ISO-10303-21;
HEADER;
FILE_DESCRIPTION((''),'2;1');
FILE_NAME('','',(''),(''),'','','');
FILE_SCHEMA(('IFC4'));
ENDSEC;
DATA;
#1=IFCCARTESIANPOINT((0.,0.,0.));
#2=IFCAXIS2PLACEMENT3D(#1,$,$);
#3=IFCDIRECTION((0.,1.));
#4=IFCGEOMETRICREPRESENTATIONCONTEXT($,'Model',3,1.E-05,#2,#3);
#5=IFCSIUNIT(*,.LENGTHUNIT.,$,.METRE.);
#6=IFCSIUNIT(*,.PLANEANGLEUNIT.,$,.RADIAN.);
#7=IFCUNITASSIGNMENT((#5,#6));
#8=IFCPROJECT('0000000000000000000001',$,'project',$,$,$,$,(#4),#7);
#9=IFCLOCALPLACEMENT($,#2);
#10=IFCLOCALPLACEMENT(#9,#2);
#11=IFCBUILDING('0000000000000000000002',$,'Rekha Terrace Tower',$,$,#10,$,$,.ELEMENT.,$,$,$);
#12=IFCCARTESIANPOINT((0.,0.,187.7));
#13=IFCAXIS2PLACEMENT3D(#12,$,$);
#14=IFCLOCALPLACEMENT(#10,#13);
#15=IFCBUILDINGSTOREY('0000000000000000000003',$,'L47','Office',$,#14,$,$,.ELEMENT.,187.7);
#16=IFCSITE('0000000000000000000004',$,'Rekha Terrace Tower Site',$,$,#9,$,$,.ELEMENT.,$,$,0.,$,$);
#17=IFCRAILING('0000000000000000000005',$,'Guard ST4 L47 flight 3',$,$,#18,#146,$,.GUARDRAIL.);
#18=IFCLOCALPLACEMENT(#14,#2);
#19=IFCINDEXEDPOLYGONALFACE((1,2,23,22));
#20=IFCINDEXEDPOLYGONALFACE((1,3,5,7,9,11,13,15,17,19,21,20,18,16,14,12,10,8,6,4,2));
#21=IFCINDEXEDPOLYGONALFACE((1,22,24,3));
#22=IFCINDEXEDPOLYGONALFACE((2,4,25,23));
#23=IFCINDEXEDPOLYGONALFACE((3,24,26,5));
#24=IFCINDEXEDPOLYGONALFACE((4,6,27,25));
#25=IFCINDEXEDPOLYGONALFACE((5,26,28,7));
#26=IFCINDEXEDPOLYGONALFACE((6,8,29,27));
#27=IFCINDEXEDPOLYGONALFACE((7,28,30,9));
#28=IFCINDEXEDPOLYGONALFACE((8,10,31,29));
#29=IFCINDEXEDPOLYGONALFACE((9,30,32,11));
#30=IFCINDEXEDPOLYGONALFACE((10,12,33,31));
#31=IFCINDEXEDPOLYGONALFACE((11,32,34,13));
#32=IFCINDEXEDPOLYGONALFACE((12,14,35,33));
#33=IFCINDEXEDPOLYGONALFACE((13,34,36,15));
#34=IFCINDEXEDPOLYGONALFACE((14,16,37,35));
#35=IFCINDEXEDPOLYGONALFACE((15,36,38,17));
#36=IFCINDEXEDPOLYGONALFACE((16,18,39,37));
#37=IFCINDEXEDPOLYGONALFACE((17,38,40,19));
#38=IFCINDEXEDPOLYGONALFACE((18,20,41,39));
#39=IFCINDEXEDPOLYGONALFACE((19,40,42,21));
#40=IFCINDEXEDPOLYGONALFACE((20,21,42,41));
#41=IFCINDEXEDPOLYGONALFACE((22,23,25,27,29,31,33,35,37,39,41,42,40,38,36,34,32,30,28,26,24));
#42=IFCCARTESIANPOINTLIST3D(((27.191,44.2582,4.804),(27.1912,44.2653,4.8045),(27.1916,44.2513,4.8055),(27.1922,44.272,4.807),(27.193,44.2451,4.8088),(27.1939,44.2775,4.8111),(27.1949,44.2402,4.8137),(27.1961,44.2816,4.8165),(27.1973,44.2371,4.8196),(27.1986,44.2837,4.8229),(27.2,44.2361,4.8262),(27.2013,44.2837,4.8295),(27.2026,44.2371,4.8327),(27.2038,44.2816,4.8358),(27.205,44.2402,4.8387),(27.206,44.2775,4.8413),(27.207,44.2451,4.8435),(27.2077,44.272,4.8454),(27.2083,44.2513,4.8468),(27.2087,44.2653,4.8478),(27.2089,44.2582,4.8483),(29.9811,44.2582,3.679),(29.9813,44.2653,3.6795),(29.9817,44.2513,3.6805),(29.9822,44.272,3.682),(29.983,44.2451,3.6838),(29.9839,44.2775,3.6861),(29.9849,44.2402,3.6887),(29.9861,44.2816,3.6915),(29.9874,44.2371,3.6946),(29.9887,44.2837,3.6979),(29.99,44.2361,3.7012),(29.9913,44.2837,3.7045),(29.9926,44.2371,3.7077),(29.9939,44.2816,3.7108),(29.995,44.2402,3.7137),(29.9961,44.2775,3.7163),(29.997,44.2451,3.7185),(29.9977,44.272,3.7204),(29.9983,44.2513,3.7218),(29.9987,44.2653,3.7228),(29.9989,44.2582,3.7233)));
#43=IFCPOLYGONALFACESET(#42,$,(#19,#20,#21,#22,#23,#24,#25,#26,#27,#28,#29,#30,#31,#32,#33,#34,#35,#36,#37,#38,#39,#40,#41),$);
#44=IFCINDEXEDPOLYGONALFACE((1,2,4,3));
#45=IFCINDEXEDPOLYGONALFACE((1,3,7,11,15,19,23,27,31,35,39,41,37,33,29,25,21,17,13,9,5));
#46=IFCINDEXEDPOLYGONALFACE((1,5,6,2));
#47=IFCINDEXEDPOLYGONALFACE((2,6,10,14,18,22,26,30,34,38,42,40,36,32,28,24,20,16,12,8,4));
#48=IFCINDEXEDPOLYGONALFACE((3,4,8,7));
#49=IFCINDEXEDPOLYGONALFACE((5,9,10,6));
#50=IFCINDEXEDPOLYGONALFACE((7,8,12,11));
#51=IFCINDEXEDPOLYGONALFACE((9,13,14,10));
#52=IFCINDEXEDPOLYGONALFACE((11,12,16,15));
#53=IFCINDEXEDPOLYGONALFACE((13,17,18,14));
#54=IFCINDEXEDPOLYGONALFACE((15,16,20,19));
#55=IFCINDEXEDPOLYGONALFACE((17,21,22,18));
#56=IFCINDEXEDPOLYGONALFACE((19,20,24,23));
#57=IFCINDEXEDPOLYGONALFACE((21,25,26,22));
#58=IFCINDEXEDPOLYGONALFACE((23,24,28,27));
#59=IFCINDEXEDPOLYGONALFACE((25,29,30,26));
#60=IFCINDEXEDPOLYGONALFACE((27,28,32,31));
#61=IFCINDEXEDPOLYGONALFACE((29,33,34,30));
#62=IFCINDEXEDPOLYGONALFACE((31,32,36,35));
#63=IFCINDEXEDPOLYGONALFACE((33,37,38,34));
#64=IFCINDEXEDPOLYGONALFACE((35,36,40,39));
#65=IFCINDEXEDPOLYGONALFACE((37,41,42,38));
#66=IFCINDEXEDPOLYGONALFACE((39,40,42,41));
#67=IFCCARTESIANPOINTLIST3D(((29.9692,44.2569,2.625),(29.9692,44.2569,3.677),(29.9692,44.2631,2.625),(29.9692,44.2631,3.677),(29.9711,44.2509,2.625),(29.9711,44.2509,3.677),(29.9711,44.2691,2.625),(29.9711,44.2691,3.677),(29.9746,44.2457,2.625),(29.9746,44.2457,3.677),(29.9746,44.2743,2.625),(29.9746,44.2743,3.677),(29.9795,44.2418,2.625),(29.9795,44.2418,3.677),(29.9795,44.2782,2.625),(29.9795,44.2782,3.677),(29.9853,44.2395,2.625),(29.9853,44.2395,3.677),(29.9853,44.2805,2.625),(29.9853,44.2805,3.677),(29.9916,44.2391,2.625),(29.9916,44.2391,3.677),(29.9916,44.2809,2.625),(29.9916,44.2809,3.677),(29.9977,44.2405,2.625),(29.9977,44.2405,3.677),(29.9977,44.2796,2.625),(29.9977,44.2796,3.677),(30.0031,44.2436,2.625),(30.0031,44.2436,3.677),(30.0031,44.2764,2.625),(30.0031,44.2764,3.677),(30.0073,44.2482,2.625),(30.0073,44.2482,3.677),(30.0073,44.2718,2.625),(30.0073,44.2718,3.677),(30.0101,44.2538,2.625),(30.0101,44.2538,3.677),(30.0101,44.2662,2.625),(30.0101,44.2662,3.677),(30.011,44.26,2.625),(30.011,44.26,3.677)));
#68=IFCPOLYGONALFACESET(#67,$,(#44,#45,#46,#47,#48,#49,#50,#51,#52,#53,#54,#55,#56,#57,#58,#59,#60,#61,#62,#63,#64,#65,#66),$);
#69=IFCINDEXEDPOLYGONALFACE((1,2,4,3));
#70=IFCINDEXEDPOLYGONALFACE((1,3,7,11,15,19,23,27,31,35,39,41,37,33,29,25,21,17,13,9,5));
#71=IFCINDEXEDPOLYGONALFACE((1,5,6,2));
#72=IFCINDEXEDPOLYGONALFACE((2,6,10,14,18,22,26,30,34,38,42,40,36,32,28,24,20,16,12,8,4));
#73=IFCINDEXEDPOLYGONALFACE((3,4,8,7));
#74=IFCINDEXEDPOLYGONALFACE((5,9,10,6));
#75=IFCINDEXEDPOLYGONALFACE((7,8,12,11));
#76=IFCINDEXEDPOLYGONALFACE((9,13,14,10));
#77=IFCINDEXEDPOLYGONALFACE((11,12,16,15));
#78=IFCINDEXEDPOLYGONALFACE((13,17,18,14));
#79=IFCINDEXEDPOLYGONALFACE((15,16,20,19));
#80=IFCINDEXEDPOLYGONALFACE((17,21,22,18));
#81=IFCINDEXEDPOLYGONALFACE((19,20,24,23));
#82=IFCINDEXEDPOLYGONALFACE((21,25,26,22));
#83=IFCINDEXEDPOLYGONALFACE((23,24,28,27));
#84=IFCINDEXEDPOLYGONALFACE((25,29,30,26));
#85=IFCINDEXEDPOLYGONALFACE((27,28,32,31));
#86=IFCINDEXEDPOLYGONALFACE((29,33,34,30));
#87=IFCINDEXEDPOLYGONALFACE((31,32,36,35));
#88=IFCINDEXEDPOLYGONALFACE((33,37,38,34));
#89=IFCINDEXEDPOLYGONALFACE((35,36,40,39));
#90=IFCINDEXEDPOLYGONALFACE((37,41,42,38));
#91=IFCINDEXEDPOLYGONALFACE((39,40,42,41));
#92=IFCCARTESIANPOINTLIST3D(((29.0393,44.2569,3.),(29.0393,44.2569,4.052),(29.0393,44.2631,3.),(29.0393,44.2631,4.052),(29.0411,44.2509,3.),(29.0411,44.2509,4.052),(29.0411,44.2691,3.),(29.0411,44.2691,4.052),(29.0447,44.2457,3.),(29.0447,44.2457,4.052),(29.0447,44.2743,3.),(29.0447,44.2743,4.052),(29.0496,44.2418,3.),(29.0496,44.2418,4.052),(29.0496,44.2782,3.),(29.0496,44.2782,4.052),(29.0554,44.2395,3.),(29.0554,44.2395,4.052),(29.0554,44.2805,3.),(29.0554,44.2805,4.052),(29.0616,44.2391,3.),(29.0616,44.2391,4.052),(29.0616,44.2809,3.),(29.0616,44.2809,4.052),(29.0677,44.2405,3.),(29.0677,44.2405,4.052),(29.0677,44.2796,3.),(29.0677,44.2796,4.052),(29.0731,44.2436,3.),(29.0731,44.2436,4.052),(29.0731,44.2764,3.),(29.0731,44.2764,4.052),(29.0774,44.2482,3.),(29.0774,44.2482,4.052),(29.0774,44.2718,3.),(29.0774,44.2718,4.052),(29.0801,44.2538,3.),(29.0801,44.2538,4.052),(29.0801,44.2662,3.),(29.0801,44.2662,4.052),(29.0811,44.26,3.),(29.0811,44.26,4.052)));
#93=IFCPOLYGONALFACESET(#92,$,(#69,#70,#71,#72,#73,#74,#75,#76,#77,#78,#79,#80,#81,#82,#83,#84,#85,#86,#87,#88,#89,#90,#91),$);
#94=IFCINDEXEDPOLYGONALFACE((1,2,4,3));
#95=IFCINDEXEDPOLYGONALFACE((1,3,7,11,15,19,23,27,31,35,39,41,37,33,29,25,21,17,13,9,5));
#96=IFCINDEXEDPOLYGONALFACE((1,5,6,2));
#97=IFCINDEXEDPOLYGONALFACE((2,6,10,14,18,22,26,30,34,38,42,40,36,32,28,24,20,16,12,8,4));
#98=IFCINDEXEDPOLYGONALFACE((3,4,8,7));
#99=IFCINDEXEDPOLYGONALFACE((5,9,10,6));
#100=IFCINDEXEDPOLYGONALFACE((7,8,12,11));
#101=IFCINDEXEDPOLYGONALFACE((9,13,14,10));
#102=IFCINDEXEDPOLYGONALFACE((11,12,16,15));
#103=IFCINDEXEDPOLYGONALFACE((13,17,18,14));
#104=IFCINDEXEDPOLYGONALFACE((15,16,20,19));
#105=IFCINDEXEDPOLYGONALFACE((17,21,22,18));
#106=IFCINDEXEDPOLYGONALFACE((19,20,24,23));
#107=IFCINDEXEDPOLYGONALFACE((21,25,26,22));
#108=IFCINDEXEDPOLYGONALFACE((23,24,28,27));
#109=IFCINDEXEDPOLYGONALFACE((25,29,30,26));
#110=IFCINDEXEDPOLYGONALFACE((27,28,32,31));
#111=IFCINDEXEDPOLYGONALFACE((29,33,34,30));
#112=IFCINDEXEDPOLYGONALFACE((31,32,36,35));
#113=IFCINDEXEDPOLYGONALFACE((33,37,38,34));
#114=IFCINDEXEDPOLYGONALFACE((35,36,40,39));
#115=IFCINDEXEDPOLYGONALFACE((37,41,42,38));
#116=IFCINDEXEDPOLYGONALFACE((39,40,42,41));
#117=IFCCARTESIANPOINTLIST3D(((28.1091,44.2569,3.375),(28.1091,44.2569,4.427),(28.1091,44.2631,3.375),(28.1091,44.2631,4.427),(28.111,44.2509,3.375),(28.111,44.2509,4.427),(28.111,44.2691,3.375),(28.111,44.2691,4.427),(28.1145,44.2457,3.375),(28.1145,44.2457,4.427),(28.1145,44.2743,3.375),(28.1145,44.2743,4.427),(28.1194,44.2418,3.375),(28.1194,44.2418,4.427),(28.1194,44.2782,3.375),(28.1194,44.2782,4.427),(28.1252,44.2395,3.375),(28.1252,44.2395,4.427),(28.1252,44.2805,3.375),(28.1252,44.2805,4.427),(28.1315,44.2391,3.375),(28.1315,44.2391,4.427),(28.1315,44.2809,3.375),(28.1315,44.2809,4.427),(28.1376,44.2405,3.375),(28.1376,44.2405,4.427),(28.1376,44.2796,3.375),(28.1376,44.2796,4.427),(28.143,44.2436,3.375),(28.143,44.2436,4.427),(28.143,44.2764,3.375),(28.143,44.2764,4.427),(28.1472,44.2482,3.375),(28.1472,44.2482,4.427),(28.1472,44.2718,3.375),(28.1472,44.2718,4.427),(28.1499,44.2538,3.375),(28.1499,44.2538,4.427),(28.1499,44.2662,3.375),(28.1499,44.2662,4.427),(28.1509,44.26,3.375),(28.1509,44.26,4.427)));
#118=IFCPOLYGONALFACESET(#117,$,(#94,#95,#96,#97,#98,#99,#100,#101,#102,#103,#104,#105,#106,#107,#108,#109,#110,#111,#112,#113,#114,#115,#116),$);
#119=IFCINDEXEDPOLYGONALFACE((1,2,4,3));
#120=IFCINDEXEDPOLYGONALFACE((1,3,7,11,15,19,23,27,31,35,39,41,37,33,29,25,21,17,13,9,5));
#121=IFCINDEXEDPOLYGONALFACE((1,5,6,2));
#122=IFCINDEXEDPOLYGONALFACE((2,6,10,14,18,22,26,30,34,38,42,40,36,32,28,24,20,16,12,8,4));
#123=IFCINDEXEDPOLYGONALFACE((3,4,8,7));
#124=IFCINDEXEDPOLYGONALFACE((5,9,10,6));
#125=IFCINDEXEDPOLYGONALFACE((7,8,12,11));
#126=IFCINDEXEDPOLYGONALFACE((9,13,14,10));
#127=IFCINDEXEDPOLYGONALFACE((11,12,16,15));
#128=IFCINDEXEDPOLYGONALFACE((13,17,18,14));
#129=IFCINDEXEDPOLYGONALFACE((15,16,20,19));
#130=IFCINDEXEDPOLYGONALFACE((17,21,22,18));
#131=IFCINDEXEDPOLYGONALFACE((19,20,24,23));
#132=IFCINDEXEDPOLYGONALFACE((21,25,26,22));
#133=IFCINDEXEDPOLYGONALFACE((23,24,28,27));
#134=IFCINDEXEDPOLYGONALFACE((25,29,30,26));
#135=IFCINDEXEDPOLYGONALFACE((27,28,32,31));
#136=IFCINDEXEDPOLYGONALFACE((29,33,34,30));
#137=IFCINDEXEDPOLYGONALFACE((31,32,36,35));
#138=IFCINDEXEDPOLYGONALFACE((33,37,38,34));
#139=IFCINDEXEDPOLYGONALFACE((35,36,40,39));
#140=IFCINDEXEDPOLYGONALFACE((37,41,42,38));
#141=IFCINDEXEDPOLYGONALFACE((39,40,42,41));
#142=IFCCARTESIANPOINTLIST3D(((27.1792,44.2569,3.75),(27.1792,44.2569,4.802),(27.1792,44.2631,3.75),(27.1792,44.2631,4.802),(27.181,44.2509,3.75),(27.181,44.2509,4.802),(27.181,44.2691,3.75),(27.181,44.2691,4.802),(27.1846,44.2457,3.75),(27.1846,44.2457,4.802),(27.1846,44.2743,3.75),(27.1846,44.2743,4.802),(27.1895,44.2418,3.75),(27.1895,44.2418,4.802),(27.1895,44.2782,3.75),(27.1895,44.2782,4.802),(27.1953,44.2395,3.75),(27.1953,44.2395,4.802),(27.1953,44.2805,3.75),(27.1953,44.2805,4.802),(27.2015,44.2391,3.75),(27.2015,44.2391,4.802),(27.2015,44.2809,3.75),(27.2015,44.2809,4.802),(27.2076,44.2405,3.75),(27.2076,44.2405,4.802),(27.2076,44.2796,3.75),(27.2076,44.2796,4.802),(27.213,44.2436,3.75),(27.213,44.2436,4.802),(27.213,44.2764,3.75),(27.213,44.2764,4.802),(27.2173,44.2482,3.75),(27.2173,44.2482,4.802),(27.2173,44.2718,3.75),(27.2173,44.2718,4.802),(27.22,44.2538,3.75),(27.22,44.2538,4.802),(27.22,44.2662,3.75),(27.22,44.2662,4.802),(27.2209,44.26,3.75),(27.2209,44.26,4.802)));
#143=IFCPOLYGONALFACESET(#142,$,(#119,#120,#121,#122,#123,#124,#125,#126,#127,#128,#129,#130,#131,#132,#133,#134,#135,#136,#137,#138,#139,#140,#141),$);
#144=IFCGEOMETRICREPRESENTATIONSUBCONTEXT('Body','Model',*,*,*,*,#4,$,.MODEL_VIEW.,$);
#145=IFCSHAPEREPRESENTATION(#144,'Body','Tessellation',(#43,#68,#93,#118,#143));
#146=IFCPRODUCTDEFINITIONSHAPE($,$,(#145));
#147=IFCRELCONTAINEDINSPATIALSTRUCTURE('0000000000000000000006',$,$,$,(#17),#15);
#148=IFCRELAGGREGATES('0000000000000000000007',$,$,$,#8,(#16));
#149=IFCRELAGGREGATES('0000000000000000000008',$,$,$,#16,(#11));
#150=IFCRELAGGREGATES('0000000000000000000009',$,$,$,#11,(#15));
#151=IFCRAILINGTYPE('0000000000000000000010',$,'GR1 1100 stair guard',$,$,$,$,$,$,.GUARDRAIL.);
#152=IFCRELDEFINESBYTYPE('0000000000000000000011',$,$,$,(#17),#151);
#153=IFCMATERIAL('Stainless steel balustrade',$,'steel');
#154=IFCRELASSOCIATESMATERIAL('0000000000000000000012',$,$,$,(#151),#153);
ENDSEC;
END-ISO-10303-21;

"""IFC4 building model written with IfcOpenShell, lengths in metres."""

from ifc_helpers import new_model, si_unit, direction, frame, origin, origin_2d, place, context, subcontext, project, spatial, circle, extrude, material, type_object, element, save


model = new_model("IFC4")

# Units and contexts
model_context = context("Model", 3, precision=1e-05, world=origin(), true_north=direction((0.0, 1.0)))
body_context = subcontext(model_context, "Body", "Model", "MODEL_VIEW")
ifc_project = project(units=[si_unit("LENGTHUNIT", "METRE"), si_unit("PLANEANGLEUNIT", "RADIAN")], contexts=[model_context])

# Site, building, storey
site_placement = place(None, origin())
site = spatial("IfcSite", under=ifc_project, at=site_placement, Name="Rekha Terrace Tower Site", CompositionType="ELEMENT", RefElevation=0.0)
building_placement = place(site_placement, origin())
building = spatial("IfcBuilding", under=site, at=building_placement, Name="Rekha Terrace Tower", CompositionType="ELEMENT")
storey_placement = place(building_placement, frame((0.0, 0.0, 187.7)))
storey = spatial("IfcBuildingStorey", under=building, at=storey_placement, Name="L47", Description="Office", CompositionType="ELEMENT", Elevation=187.7)

# Railing
ifc_material_1 = material(Name="Stainless steel balustrade", Category="steel")
railing_type_1 = type_object("IfcRailingType", Name="GR1 1100 stair guard", PredefinedType="GUARDRAIL", material=ifc_material_1)
railing_1_placement = place(storey_placement, frame((29.99, 44.26, 2.625)))
element("IfcRailing", 1, at=railing_1_placement, inside=storey, type_object=railing_type_1, Name="Guard ST4 L47 flight 3", PredefinedType="GUARDRAIL", context=body_context, shape_type="SweptSolid", body=[
    extrude(circle(Radius=0.0239, at=origin_2d()), frame((0.0, 0.0, 1.0762), z_axis=(-0.927443, 0.0, 0.373964), x_axis=(0.0, -1.0, 0.0)), (0.0, 0.0, 1.0), 3.0083),
    extrude(circle(Radius=0.021, at=origin_2d()), origin(), (0.0, 0.0, 1.0), 1.052),
    extrude(circle(Radius=0.021, at=origin_2d()), frame((-0.9299, 0.0, 0.375)), (0.0, 0.0, 1.0), 1.052),
    extrude(circle(Radius=0.021, at=origin_2d()), frame((-1.8601, 0.0, 0.75)), (0.0, 0.0, 1.0), 1.052),
    extrude(circle(Radius=0.021, at=origin_2d()), frame((-2.79, 0.0, 1.125)), (0.0, 0.0, 1.0), 1.052),
])

save(model, "model.ifc")
